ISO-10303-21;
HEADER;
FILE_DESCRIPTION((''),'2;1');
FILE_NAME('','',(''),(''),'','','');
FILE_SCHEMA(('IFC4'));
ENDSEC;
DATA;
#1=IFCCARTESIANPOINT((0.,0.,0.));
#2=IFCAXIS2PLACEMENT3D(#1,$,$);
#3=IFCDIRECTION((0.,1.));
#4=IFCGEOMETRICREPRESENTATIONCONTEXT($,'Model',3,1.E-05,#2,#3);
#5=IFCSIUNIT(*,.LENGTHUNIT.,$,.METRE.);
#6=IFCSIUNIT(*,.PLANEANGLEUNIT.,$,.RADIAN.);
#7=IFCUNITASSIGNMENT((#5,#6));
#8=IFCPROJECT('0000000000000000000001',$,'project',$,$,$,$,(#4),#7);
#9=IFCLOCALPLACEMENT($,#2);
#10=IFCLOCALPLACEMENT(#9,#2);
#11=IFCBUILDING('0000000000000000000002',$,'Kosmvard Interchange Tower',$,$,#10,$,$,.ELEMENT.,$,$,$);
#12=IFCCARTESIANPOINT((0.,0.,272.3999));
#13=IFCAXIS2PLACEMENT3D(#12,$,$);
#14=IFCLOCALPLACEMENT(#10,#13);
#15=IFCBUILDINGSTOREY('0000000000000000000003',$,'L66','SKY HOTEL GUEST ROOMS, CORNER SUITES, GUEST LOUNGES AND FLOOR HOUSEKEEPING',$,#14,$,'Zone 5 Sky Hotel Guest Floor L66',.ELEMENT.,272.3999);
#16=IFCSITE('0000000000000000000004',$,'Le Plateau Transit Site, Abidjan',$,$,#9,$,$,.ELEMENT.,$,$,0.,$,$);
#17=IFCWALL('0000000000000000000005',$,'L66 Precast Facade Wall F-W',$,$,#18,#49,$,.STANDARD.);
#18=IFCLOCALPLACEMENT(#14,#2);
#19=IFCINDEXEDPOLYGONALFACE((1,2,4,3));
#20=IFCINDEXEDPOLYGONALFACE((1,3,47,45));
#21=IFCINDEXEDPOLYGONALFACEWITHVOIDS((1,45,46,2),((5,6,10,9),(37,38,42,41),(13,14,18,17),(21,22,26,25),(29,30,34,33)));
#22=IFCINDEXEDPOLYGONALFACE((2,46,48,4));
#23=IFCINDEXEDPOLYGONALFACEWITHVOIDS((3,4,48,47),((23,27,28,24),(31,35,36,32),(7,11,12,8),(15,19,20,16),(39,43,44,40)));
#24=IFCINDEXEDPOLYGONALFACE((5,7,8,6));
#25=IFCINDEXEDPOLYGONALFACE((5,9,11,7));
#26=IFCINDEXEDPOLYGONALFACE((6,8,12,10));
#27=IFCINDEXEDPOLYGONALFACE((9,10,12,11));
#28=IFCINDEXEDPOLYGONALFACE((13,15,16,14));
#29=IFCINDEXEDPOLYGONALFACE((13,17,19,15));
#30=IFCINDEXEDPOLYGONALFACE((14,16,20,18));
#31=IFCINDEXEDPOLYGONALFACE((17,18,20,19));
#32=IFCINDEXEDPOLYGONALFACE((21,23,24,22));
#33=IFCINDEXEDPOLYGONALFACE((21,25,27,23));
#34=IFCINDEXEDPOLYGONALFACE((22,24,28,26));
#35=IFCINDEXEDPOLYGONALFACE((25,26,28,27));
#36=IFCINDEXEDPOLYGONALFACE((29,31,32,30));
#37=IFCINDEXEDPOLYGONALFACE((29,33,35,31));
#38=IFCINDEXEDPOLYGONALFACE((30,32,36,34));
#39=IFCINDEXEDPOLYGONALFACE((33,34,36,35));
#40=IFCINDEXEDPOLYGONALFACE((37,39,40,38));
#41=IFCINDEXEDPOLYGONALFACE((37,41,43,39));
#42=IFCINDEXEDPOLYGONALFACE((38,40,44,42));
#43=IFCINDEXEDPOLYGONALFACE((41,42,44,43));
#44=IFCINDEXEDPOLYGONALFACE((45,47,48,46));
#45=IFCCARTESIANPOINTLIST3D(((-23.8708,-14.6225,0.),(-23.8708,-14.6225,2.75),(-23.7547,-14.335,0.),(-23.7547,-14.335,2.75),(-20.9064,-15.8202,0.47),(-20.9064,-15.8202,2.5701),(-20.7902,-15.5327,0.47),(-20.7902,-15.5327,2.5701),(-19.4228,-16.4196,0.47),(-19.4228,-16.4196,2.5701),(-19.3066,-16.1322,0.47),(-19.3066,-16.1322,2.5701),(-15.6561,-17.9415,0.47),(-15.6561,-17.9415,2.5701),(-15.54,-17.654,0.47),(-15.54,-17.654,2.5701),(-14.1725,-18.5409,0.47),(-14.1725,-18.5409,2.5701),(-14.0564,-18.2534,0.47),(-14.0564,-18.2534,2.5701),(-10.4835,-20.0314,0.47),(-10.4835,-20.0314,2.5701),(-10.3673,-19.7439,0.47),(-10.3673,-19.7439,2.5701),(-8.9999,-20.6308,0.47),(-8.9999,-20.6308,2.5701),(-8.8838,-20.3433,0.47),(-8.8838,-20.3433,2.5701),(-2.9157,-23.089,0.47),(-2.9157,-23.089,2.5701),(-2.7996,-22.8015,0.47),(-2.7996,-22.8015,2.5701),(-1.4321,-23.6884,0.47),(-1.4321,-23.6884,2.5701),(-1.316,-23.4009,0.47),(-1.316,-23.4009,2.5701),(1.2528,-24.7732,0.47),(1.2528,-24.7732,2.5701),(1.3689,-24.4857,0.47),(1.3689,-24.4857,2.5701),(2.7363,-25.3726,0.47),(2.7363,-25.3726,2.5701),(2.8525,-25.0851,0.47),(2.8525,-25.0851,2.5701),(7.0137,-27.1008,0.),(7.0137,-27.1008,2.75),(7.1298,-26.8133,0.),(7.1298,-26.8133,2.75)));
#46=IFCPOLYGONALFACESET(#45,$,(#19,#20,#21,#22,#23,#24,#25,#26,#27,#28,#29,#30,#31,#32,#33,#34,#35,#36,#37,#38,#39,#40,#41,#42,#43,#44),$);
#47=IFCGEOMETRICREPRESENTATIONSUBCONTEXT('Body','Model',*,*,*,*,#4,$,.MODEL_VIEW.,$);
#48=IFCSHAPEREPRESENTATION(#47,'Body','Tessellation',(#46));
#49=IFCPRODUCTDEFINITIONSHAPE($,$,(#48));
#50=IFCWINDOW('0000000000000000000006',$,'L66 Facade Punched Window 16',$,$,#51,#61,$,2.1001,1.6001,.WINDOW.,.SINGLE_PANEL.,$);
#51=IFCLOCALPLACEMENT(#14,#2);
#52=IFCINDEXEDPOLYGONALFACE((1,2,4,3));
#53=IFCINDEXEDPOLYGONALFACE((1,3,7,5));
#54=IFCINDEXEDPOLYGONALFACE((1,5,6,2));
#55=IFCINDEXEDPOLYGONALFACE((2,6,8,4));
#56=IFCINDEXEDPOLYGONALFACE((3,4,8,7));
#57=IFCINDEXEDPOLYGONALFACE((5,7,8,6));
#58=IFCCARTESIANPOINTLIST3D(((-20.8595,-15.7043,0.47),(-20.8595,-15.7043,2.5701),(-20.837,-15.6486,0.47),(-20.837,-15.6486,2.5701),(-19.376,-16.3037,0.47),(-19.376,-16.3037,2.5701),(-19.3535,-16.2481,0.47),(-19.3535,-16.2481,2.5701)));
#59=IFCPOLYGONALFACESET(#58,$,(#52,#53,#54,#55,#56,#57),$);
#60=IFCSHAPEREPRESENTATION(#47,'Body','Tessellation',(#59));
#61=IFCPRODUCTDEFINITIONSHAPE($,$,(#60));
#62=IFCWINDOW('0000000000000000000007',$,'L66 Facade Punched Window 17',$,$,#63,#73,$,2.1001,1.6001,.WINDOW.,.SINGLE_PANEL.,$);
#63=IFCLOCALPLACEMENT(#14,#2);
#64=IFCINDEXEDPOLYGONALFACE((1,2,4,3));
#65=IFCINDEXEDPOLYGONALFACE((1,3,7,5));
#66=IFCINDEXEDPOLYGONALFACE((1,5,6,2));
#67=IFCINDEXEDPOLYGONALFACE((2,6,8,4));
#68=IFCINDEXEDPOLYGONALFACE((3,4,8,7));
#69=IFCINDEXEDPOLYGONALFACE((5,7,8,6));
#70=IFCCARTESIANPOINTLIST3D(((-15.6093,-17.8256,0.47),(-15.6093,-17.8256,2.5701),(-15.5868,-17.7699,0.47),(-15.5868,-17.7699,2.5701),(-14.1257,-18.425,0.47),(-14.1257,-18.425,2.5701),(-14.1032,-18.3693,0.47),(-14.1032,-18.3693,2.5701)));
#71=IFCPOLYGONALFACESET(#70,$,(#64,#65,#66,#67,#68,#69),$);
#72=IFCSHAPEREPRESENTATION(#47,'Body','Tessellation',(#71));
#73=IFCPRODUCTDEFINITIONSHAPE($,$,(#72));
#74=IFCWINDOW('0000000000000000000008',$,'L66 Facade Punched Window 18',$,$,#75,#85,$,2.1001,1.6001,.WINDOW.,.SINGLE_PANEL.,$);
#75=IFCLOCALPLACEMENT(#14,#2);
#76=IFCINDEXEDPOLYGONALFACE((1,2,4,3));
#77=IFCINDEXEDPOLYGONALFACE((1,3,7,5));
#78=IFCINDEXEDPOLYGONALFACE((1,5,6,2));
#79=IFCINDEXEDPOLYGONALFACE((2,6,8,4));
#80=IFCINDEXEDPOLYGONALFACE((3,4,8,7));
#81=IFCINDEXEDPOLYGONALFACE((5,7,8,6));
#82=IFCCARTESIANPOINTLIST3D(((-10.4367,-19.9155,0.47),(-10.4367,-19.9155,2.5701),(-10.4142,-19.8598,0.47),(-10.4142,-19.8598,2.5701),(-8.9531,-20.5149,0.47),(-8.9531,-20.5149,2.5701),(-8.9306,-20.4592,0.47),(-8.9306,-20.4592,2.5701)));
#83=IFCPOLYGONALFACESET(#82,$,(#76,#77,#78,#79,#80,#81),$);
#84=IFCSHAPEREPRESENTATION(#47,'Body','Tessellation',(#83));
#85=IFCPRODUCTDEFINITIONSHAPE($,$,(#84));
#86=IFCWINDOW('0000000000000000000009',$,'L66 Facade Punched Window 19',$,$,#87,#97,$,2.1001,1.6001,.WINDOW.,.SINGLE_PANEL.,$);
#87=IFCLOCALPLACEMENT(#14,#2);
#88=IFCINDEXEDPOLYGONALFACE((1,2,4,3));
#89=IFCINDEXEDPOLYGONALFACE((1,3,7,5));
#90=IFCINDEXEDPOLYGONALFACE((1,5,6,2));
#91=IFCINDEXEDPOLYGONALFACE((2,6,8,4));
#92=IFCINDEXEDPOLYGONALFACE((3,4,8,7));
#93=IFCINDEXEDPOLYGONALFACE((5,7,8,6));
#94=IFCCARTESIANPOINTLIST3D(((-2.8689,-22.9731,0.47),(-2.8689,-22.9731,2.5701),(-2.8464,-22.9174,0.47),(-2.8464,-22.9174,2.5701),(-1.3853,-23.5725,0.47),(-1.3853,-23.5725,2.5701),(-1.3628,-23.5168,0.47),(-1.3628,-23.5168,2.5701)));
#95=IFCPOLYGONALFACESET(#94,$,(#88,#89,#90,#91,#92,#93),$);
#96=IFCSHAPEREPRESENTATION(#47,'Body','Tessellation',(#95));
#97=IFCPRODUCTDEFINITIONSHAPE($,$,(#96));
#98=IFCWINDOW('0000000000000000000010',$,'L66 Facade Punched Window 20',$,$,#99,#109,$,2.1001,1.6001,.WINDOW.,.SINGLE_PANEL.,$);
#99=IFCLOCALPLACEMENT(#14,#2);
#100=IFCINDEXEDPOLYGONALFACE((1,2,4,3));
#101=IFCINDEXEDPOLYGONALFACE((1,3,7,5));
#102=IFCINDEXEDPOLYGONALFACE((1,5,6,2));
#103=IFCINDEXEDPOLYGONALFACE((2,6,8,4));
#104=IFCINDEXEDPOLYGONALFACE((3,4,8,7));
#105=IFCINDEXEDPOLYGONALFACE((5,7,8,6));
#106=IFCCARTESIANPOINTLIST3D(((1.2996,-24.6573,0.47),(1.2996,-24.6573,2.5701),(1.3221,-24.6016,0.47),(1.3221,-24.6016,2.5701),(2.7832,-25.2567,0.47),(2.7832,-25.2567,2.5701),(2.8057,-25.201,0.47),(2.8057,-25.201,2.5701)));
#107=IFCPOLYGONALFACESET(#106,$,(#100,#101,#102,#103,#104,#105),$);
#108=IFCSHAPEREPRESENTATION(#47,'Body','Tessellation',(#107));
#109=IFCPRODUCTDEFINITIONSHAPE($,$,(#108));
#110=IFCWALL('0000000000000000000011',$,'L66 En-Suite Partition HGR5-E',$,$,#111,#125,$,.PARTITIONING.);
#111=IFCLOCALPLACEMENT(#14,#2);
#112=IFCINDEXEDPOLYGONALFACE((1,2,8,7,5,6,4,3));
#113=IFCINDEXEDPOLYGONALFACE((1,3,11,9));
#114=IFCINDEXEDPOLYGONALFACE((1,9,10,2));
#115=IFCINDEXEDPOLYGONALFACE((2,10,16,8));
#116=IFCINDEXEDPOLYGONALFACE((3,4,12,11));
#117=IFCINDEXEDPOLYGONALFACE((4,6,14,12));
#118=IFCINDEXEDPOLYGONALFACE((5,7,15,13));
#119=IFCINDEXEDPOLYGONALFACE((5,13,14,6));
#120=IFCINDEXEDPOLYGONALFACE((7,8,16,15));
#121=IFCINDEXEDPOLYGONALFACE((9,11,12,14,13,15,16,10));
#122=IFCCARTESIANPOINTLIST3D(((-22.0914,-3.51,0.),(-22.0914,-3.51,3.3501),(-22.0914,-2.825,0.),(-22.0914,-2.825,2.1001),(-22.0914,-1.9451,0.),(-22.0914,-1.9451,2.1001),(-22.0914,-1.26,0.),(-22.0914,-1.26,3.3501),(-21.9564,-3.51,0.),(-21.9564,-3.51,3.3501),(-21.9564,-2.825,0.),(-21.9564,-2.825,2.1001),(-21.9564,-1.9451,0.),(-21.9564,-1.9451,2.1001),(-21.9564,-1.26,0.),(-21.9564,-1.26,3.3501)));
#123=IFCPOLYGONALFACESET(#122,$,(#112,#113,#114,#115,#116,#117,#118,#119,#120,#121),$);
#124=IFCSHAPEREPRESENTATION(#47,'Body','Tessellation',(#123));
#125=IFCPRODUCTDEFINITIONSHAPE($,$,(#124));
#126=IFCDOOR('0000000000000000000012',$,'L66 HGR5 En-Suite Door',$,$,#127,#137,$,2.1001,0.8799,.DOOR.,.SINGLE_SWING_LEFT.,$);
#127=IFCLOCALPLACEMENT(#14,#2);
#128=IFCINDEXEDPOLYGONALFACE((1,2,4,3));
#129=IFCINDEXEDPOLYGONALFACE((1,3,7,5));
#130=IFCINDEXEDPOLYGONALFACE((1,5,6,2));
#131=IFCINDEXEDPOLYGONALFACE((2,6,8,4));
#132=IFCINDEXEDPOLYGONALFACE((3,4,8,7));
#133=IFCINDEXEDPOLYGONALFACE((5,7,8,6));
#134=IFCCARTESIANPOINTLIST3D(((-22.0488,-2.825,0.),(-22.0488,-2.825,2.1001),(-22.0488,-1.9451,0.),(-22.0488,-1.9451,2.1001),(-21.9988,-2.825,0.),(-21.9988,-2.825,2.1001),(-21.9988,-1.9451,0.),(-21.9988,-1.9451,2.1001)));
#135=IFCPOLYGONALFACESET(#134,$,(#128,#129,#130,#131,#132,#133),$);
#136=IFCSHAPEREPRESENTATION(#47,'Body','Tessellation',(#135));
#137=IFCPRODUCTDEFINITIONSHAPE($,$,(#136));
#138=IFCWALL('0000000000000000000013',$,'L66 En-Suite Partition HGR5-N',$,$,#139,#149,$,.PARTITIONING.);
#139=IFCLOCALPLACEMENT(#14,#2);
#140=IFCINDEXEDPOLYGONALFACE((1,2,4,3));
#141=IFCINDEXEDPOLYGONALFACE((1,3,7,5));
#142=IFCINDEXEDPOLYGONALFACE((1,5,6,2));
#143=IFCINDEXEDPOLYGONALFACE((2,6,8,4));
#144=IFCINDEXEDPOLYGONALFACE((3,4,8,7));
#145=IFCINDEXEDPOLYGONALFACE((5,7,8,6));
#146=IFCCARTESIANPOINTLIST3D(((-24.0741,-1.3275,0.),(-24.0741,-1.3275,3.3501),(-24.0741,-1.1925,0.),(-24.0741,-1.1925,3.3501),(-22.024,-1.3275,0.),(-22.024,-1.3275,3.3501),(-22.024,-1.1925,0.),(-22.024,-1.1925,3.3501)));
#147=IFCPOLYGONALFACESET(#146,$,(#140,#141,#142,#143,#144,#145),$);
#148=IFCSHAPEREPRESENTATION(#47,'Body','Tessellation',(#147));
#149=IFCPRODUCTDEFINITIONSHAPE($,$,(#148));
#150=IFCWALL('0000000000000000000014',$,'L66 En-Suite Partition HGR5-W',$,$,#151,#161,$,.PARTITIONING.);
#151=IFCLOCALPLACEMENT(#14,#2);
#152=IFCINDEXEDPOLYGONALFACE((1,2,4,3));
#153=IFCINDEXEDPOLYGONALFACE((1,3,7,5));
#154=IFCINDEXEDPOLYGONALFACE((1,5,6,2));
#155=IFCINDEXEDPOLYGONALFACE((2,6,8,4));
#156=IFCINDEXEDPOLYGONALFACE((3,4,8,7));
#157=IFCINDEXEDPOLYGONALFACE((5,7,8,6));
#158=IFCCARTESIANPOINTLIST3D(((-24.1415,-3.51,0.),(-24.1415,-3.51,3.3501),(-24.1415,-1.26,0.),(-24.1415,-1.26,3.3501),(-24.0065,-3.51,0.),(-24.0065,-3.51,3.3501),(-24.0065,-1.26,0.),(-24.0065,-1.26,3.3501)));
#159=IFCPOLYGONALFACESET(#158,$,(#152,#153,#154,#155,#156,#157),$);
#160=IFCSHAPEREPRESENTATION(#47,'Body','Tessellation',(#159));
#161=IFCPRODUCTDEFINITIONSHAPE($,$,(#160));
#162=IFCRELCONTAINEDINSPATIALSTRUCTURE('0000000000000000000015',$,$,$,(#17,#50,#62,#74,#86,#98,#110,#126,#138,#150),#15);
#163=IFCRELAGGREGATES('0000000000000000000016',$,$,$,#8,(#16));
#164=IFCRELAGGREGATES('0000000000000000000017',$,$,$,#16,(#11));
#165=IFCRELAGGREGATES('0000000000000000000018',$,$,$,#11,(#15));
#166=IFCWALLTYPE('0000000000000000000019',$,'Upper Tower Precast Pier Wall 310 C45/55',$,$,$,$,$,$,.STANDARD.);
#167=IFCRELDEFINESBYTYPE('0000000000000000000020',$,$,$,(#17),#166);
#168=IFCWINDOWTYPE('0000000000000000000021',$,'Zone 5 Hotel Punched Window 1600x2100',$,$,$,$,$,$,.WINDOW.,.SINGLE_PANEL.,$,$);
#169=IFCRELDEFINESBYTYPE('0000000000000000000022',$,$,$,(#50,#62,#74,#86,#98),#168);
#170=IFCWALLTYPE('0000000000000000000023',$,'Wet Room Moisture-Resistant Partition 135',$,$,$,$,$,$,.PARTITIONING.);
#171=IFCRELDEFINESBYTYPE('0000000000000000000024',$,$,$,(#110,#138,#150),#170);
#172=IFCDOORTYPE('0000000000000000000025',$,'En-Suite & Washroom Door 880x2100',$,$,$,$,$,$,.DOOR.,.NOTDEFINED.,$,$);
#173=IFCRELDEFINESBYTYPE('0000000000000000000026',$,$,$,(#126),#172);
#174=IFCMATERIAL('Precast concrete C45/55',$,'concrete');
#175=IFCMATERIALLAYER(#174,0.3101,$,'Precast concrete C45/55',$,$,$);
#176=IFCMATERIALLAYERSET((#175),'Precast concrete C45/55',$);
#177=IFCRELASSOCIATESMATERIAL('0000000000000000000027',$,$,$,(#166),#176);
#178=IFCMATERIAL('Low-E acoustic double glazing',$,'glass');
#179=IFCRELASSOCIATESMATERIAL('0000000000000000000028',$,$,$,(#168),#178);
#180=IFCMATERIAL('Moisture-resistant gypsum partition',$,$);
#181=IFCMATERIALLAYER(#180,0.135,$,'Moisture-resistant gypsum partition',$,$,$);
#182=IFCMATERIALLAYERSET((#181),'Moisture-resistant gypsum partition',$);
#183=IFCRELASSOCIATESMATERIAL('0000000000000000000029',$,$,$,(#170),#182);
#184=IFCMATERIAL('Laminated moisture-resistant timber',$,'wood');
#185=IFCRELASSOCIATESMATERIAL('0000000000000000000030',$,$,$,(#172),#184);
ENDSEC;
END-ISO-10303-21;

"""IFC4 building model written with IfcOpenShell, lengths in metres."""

from ifc_helpers import new_model, si_unit, direction, frame, frame_2d, origin, place, context, subcontext, project, spatial, rectangle, extrude, source, transform, mapped, material, layer, layer_set, type_object, element, fill, save


model = new_model("IFC4")

# Units and contexts
model_context = context("Model", 3, precision=1e-05, world=origin(), true_north=direction((0.0, 1.0)))
body_context = subcontext(model_context, "Body", "Model", "MODEL_VIEW")
ifc_project = project(units=[si_unit("LENGTHUNIT", "METRE"), si_unit("PLANEANGLEUNIT", "RADIAN")], contexts=[model_context])

# Site, building, storey
site_placement = place(None, origin())
site = spatial("IfcSite", under=ifc_project, at=site_placement, Name="Le Plateau Transit Site, Abidjan", CompositionType="ELEMENT", RefElevation=0.0)
building_placement = place(site_placement, origin())
building = spatial("IfcBuilding", under=site, at=building_placement, Name="Kosmvard Interchange Tower", CompositionType="ELEMENT")
storey_placement = place(building_placement, frame((0.0, 0.0, 272.3999)))
storey = spatial("IfcBuildingStorey", under=building, at=storey_placement, Name="L66", Description="SKY HOTEL GUEST ROOMS, CORNER SUITES, GUEST LOUNGES AND FLOOR HOUSEKEEPING", LongName="Zone 5 Sky Hotel Guest Floor L66", CompositionType="ELEMENT", Elevation=272.3999)

# Shared definitions
ifc_material_1 = material(Name="Precast concrete C45/55", Category="concrete")

# Shared definitions
ifc_layer_1 = layer(ifc_material_1, 0.3101, Name="Precast concrete C45/55")
ifc_layer_set_1 = layer_set([ifc_layer_1], Name="Precast concrete C45/55")
wall_type_1 = type_object("IfcWallType", Name="Upper Tower Precast Pier Wall 310 C45/55", PredefinedType="STANDARD", material=ifc_layer_set_1)

# Shared definitions
ifc_material_2 = material(Name="Low-E acoustic double glazing", Category="glass")
window_type = type_object("IfcWindowType", Name="Zone 5 Hotel Punched Window 1600x2100", PartitioningType="SINGLE_PANEL", PredefinedType="WINDOW", material=ifc_material_2)
shared_shape_1 = source(origin(), body_context, "Body", "SweptSolid", [
    extrude(rectangle(XDim=1.6001, YDim=2.1001, at=frame_2d((0.8, 1.05))), frame((0.0, 0.03, 0.0), z_axis=(0.0, -1.0, 0.0), x_axis=(1.0, 0.0, 0.0)), (0.0, 0.0, 1.0), 0.0601),
])

# Wall, openings, windows
wall_1_placement = place(storey_placement, frame((-23.8127, -14.4788, 0.0), z_axis=(0.0, 0.0, 1.0), x_axis=(0.927183, -0.37461, 0.0)))
wall_1 = element("IfcWall", 1, at=wall_1_placement, inside=storey, type_object=wall_type_1, Name="L66 Precast Facade Wall F-W", PredefinedType="STANDARD", context=body_context, shape_type="SweptSolid", body=[
    extrude(rectangle(XDim=33.3101, YDim=0.3101, at=frame_2d((16.655, 0.0))), origin(), (0.0, 0.0, 1.0), 2.75),
])
opening_1_placement = place(wall_1_placement, frame((3.1973, 0.0, 0.47)))
opening_1 = element("IfcOpeningElement", 2, at=opening_1_placement, cuts=wall_1, PredefinedType="OPENING", context=body_context, shape_type="SweptSolid", body=[
    extrude(rectangle(XDim=1.6001, YDim=2.1001, at=frame_2d((0.8, 1.05))), frame((0.0, 0.165, 0.0), z_axis=(0.0, -1.0, 0.0), x_axis=(1.0, 0.0, 0.0)), (0.0, 0.0, 1.0), 0.3301),
])
opening_2_placement = place(wall_1_placement, frame((8.8599, 0.0, 0.47)))
opening_2 = element("IfcOpeningElement", 3, at=opening_2_placement, cuts=wall_1, PredefinedType="OPENING", context=body_context, shape_type="SweptSolid", body=[
    extrude(rectangle(XDim=1.6001, YDim=2.1001, at=frame_2d((0.8, 1.05))), frame((0.0, 0.165, 0.0), z_axis=(0.0, -1.0, 0.0), x_axis=(1.0, 0.0, 0.0)), (0.0, 0.0, 1.0), 0.3301),
])
opening_3_placement = place(wall_1_placement, frame((14.4387, 0.0, 0.47)))
opening_3 = element("IfcOpeningElement", 4, at=opening_3_placement, cuts=wall_1, PredefinedType="OPENING", context=body_context, shape_type="SweptSolid", body=[
    extrude(rectangle(XDim=1.6001, YDim=2.1001, at=frame_2d((0.8, 1.05))), frame((0.0, 0.165, 0.0), z_axis=(0.0, -1.0, 0.0), x_axis=(1.0, 0.0, 0.0)), (0.0, 0.0, 1.0), 0.3301),
])
opening_4_placement = place(wall_1_placement, frame((22.6008, 0.0, 0.47)))
opening_4 = element("IfcOpeningElement", 5, at=opening_4_placement, cuts=wall_1, PredefinedType="OPENING", context=body_context, shape_type="SweptSolid", body=[
    extrude(rectangle(XDim=1.6001, YDim=2.1001, at=frame_2d((0.8, 1.05))), frame((0.0, 0.165, 0.0), z_axis=(0.0, -1.0, 0.0), x_axis=(1.0, 0.0, 0.0)), (0.0, 0.0, 1.0), 0.3301),
])
opening_5_placement = place(wall_1_placement, frame((27.0967, 0.0, 0.47)))
opening_5 = element("IfcOpeningElement", 6, at=opening_5_placement, cuts=wall_1, PredefinedType="OPENING", context=body_context, shape_type="SweptSolid", body=[
    extrude(rectangle(XDim=1.6001, YDim=2.1001, at=frame_2d((0.8, 1.05))), frame((0.0, 0.165, 0.0), z_axis=(0.0, -1.0, 0.0), x_axis=(1.0, 0.0, 0.0)), (0.0, 0.0, 1.0), 0.3301),
])
window_1_placement = place(opening_1_placement, origin())
window_1 = element("IfcWindow", 7, at=window_1_placement, inside=storey, type_object=window_type, Name="L66 Facade Punched Window 16", OverallHeight=2.1001, OverallWidth=1.6001, PartitioningType="SINGLE_PANEL", PredefinedType="WINDOW", context=body_context, shape_type="MappedRepresentation", body=[
    mapped(shared_shape_1, transform((0.0, 0.0, 0.0), scale=1.0)),
])
fill(opening_1, window_1)
window_2_placement = place(opening_2_placement, origin())
window_2 = element("IfcWindow", 8, at=window_2_placement, inside=storey, type_object=window_type, Name="L66 Facade Punched Window 17", OverallHeight=2.1001, OverallWidth=1.6001, PartitioningType="SINGLE_PANEL", PredefinedType="WINDOW", context=body_context, shape_type="MappedRepresentation", body=[
    mapped(shared_shape_1, transform((0.0, 0.0, 0.0), scale=1.0)),
])
fill(opening_2, window_2)
window_3_placement = place(opening_3_placement, origin())
window_3 = element("IfcWindow", 9, at=window_3_placement, inside=storey, type_object=window_type, Name="L66 Facade Punched Window 18", OverallHeight=2.1001, OverallWidth=1.6001, PartitioningType="SINGLE_PANEL", PredefinedType="WINDOW", context=body_context, shape_type="MappedRepresentation", body=[
    mapped(shared_shape_1, transform((0.0, 0.0, 0.0), scale=1.0)),
])
fill(opening_3, window_3)
window_4_placement = place(opening_4_placement, origin())
window_4 = element("IfcWindow", 10, at=window_4_placement, inside=storey, type_object=window_type, Name="L66 Facade Punched Window 19", OverallHeight=2.1001, OverallWidth=1.6001, PartitioningType="SINGLE_PANEL", PredefinedType="WINDOW", context=body_context, shape_type="MappedRepresentation", body=[
    mapped(shared_shape_1, transform((0.0, 0.0, 0.0), scale=1.0)),
])
fill(opening_4, window_4)
window_5_placement = place(opening_5_placement, origin())
window_5 = element("IfcWindow", 11, at=window_5_placement, inside=storey, type_object=window_type, Name="L66 Facade Punched Window 20", OverallHeight=2.1001, OverallWidth=1.6001, PartitioningType="SINGLE_PANEL", PredefinedType="WINDOW", context=body_context, shape_type="MappedRepresentation", body=[
    mapped(shared_shape_1, transform((0.0, 0.0, 0.0), scale=1.0)),
])
fill(opening_5, window_5)

# Wall, opening, door
ifc_material_3 = material(Name="Moisture-resistant gypsum partition")
ifc_layer_2 = layer(ifc_material_3, 0.135, Name="Moisture-resistant gypsum partition")
ifc_layer_set_2 = layer_set([ifc_layer_2], Name="Moisture-resistant gypsum partition")
wall_type_2 = type_object("IfcWallType", Name="Wet Room Moisture-Resistant Partition 135", PredefinedType="PARTITIONING", material=ifc_layer_set_2)
wall_2_placement = place(storey_placement, frame((-22.0239, -3.51, 0.0), z_axis=(0.0, 0.0, 1.0), x_axis=(0.0, 1.0, 0.0)))
wall_2 = element("IfcWall", 12, at=wall_2_placement, inside=storey, type_object=wall_type_2, Name="L66 En-Suite Partition HGR5-E", PredefinedType="PARTITIONING", context=body_context, shape_type="SweptSolid", body=[
    extrude(rectangle(XDim=2.25, YDim=0.135, at=frame_2d((1.125, 0.0))), origin(), (0.0, 0.0, 1.0), 3.3501),
])
opening_6_placement = place(wall_2_placement, frame((0.6851, 0.0, 0.0)))
opening_6 = element("IfcOpeningElement", 13, at=opening_6_placement, cuts=wall_2, PredefinedType="OPENING", context=body_context, shape_type="SweptSolid", body=[
    extrude(rectangle(XDim=0.8799, YDim=2.1001, at=frame_2d((0.4399, 1.05))), frame((0.0, 0.0776, 0.0), z_axis=(0.0, -1.0, 0.0), x_axis=(1.0, 0.0, 0.0)), (0.0, 0.0, 1.0), 0.155),
])
ifc_material_4 = material(Name="Laminated moisture-resistant timber", Category="wood")
door_type = type_object("IfcDoorType", Name="En-Suite & Washroom Door 880x2100", OperationType="NOTDEFINED", PredefinedType="DOOR", material=ifc_material_4)
shared_shape_2 = source(origin(), body_context, "Body", "SweptSolid", [
    extrude(rectangle(XDim=0.8799, YDim=2.1001, at=frame_2d((0.4399, 1.05))), frame((0.0, 0.0249, 0.0), z_axis=(0.0, -1.0, 0.0), x_axis=(1.0, 0.0, 0.0)), (0.0, 0.0, 1.0), 0.05),
])
door_placement = place(opening_6_placement, origin())
door = element("IfcDoor", 14, at=door_placement, inside=storey, type_object=door_type, Name="L66 HGR5 En-Suite Door", OperationType="SINGLE_SWING_LEFT", OverallHeight=2.1001, OverallWidth=0.8799, PredefinedType="DOOR", context=body_context, shape_type="MappedRepresentation", body=[
    mapped(shared_shape_2, transform((0.0, 0.0, 0.0), scale=1.0)),
])
fill(opening_6, door)

# Walls
wall_3_placement = place(storey_placement, frame((-24.074, -1.26, 0.0), z_axis=(0.0, 0.0, 1.0), x_axis=(1.0, 0.0, 0.0)))
element("IfcWall", 15, at=wall_3_placement, inside=storey, type_object=wall_type_2, Name="L66 En-Suite Partition HGR5-N", PredefinedType="PARTITIONING", context=body_context, shape_type="SweptSolid", body=[
    extrude(rectangle(XDim=2.05, YDim=0.135, at=frame_2d((1.0249, 0.0))), origin(), (0.0, 0.0, 1.0), 3.3501),
])
wall_4_placement = place(storey_placement, frame((-24.074, -3.51, 0.0), z_axis=(0.0, 0.0, 1.0), x_axis=(0.0, 1.0, 0.0)))
element("IfcWall", 16, at=wall_4_placement, inside=storey, type_object=wall_type_2, Name="L66 En-Suite Partition HGR5-W", PredefinedType="PARTITIONING", context=body_context, shape_type="SweptSolid", body=[
    extrude(rectangle(XDim=2.25, YDim=0.135, at=frame_2d((1.125, 0.0))), origin(), (0.0, 0.0, 1.0), 3.3501),
])

save(model, "model.ifc")
